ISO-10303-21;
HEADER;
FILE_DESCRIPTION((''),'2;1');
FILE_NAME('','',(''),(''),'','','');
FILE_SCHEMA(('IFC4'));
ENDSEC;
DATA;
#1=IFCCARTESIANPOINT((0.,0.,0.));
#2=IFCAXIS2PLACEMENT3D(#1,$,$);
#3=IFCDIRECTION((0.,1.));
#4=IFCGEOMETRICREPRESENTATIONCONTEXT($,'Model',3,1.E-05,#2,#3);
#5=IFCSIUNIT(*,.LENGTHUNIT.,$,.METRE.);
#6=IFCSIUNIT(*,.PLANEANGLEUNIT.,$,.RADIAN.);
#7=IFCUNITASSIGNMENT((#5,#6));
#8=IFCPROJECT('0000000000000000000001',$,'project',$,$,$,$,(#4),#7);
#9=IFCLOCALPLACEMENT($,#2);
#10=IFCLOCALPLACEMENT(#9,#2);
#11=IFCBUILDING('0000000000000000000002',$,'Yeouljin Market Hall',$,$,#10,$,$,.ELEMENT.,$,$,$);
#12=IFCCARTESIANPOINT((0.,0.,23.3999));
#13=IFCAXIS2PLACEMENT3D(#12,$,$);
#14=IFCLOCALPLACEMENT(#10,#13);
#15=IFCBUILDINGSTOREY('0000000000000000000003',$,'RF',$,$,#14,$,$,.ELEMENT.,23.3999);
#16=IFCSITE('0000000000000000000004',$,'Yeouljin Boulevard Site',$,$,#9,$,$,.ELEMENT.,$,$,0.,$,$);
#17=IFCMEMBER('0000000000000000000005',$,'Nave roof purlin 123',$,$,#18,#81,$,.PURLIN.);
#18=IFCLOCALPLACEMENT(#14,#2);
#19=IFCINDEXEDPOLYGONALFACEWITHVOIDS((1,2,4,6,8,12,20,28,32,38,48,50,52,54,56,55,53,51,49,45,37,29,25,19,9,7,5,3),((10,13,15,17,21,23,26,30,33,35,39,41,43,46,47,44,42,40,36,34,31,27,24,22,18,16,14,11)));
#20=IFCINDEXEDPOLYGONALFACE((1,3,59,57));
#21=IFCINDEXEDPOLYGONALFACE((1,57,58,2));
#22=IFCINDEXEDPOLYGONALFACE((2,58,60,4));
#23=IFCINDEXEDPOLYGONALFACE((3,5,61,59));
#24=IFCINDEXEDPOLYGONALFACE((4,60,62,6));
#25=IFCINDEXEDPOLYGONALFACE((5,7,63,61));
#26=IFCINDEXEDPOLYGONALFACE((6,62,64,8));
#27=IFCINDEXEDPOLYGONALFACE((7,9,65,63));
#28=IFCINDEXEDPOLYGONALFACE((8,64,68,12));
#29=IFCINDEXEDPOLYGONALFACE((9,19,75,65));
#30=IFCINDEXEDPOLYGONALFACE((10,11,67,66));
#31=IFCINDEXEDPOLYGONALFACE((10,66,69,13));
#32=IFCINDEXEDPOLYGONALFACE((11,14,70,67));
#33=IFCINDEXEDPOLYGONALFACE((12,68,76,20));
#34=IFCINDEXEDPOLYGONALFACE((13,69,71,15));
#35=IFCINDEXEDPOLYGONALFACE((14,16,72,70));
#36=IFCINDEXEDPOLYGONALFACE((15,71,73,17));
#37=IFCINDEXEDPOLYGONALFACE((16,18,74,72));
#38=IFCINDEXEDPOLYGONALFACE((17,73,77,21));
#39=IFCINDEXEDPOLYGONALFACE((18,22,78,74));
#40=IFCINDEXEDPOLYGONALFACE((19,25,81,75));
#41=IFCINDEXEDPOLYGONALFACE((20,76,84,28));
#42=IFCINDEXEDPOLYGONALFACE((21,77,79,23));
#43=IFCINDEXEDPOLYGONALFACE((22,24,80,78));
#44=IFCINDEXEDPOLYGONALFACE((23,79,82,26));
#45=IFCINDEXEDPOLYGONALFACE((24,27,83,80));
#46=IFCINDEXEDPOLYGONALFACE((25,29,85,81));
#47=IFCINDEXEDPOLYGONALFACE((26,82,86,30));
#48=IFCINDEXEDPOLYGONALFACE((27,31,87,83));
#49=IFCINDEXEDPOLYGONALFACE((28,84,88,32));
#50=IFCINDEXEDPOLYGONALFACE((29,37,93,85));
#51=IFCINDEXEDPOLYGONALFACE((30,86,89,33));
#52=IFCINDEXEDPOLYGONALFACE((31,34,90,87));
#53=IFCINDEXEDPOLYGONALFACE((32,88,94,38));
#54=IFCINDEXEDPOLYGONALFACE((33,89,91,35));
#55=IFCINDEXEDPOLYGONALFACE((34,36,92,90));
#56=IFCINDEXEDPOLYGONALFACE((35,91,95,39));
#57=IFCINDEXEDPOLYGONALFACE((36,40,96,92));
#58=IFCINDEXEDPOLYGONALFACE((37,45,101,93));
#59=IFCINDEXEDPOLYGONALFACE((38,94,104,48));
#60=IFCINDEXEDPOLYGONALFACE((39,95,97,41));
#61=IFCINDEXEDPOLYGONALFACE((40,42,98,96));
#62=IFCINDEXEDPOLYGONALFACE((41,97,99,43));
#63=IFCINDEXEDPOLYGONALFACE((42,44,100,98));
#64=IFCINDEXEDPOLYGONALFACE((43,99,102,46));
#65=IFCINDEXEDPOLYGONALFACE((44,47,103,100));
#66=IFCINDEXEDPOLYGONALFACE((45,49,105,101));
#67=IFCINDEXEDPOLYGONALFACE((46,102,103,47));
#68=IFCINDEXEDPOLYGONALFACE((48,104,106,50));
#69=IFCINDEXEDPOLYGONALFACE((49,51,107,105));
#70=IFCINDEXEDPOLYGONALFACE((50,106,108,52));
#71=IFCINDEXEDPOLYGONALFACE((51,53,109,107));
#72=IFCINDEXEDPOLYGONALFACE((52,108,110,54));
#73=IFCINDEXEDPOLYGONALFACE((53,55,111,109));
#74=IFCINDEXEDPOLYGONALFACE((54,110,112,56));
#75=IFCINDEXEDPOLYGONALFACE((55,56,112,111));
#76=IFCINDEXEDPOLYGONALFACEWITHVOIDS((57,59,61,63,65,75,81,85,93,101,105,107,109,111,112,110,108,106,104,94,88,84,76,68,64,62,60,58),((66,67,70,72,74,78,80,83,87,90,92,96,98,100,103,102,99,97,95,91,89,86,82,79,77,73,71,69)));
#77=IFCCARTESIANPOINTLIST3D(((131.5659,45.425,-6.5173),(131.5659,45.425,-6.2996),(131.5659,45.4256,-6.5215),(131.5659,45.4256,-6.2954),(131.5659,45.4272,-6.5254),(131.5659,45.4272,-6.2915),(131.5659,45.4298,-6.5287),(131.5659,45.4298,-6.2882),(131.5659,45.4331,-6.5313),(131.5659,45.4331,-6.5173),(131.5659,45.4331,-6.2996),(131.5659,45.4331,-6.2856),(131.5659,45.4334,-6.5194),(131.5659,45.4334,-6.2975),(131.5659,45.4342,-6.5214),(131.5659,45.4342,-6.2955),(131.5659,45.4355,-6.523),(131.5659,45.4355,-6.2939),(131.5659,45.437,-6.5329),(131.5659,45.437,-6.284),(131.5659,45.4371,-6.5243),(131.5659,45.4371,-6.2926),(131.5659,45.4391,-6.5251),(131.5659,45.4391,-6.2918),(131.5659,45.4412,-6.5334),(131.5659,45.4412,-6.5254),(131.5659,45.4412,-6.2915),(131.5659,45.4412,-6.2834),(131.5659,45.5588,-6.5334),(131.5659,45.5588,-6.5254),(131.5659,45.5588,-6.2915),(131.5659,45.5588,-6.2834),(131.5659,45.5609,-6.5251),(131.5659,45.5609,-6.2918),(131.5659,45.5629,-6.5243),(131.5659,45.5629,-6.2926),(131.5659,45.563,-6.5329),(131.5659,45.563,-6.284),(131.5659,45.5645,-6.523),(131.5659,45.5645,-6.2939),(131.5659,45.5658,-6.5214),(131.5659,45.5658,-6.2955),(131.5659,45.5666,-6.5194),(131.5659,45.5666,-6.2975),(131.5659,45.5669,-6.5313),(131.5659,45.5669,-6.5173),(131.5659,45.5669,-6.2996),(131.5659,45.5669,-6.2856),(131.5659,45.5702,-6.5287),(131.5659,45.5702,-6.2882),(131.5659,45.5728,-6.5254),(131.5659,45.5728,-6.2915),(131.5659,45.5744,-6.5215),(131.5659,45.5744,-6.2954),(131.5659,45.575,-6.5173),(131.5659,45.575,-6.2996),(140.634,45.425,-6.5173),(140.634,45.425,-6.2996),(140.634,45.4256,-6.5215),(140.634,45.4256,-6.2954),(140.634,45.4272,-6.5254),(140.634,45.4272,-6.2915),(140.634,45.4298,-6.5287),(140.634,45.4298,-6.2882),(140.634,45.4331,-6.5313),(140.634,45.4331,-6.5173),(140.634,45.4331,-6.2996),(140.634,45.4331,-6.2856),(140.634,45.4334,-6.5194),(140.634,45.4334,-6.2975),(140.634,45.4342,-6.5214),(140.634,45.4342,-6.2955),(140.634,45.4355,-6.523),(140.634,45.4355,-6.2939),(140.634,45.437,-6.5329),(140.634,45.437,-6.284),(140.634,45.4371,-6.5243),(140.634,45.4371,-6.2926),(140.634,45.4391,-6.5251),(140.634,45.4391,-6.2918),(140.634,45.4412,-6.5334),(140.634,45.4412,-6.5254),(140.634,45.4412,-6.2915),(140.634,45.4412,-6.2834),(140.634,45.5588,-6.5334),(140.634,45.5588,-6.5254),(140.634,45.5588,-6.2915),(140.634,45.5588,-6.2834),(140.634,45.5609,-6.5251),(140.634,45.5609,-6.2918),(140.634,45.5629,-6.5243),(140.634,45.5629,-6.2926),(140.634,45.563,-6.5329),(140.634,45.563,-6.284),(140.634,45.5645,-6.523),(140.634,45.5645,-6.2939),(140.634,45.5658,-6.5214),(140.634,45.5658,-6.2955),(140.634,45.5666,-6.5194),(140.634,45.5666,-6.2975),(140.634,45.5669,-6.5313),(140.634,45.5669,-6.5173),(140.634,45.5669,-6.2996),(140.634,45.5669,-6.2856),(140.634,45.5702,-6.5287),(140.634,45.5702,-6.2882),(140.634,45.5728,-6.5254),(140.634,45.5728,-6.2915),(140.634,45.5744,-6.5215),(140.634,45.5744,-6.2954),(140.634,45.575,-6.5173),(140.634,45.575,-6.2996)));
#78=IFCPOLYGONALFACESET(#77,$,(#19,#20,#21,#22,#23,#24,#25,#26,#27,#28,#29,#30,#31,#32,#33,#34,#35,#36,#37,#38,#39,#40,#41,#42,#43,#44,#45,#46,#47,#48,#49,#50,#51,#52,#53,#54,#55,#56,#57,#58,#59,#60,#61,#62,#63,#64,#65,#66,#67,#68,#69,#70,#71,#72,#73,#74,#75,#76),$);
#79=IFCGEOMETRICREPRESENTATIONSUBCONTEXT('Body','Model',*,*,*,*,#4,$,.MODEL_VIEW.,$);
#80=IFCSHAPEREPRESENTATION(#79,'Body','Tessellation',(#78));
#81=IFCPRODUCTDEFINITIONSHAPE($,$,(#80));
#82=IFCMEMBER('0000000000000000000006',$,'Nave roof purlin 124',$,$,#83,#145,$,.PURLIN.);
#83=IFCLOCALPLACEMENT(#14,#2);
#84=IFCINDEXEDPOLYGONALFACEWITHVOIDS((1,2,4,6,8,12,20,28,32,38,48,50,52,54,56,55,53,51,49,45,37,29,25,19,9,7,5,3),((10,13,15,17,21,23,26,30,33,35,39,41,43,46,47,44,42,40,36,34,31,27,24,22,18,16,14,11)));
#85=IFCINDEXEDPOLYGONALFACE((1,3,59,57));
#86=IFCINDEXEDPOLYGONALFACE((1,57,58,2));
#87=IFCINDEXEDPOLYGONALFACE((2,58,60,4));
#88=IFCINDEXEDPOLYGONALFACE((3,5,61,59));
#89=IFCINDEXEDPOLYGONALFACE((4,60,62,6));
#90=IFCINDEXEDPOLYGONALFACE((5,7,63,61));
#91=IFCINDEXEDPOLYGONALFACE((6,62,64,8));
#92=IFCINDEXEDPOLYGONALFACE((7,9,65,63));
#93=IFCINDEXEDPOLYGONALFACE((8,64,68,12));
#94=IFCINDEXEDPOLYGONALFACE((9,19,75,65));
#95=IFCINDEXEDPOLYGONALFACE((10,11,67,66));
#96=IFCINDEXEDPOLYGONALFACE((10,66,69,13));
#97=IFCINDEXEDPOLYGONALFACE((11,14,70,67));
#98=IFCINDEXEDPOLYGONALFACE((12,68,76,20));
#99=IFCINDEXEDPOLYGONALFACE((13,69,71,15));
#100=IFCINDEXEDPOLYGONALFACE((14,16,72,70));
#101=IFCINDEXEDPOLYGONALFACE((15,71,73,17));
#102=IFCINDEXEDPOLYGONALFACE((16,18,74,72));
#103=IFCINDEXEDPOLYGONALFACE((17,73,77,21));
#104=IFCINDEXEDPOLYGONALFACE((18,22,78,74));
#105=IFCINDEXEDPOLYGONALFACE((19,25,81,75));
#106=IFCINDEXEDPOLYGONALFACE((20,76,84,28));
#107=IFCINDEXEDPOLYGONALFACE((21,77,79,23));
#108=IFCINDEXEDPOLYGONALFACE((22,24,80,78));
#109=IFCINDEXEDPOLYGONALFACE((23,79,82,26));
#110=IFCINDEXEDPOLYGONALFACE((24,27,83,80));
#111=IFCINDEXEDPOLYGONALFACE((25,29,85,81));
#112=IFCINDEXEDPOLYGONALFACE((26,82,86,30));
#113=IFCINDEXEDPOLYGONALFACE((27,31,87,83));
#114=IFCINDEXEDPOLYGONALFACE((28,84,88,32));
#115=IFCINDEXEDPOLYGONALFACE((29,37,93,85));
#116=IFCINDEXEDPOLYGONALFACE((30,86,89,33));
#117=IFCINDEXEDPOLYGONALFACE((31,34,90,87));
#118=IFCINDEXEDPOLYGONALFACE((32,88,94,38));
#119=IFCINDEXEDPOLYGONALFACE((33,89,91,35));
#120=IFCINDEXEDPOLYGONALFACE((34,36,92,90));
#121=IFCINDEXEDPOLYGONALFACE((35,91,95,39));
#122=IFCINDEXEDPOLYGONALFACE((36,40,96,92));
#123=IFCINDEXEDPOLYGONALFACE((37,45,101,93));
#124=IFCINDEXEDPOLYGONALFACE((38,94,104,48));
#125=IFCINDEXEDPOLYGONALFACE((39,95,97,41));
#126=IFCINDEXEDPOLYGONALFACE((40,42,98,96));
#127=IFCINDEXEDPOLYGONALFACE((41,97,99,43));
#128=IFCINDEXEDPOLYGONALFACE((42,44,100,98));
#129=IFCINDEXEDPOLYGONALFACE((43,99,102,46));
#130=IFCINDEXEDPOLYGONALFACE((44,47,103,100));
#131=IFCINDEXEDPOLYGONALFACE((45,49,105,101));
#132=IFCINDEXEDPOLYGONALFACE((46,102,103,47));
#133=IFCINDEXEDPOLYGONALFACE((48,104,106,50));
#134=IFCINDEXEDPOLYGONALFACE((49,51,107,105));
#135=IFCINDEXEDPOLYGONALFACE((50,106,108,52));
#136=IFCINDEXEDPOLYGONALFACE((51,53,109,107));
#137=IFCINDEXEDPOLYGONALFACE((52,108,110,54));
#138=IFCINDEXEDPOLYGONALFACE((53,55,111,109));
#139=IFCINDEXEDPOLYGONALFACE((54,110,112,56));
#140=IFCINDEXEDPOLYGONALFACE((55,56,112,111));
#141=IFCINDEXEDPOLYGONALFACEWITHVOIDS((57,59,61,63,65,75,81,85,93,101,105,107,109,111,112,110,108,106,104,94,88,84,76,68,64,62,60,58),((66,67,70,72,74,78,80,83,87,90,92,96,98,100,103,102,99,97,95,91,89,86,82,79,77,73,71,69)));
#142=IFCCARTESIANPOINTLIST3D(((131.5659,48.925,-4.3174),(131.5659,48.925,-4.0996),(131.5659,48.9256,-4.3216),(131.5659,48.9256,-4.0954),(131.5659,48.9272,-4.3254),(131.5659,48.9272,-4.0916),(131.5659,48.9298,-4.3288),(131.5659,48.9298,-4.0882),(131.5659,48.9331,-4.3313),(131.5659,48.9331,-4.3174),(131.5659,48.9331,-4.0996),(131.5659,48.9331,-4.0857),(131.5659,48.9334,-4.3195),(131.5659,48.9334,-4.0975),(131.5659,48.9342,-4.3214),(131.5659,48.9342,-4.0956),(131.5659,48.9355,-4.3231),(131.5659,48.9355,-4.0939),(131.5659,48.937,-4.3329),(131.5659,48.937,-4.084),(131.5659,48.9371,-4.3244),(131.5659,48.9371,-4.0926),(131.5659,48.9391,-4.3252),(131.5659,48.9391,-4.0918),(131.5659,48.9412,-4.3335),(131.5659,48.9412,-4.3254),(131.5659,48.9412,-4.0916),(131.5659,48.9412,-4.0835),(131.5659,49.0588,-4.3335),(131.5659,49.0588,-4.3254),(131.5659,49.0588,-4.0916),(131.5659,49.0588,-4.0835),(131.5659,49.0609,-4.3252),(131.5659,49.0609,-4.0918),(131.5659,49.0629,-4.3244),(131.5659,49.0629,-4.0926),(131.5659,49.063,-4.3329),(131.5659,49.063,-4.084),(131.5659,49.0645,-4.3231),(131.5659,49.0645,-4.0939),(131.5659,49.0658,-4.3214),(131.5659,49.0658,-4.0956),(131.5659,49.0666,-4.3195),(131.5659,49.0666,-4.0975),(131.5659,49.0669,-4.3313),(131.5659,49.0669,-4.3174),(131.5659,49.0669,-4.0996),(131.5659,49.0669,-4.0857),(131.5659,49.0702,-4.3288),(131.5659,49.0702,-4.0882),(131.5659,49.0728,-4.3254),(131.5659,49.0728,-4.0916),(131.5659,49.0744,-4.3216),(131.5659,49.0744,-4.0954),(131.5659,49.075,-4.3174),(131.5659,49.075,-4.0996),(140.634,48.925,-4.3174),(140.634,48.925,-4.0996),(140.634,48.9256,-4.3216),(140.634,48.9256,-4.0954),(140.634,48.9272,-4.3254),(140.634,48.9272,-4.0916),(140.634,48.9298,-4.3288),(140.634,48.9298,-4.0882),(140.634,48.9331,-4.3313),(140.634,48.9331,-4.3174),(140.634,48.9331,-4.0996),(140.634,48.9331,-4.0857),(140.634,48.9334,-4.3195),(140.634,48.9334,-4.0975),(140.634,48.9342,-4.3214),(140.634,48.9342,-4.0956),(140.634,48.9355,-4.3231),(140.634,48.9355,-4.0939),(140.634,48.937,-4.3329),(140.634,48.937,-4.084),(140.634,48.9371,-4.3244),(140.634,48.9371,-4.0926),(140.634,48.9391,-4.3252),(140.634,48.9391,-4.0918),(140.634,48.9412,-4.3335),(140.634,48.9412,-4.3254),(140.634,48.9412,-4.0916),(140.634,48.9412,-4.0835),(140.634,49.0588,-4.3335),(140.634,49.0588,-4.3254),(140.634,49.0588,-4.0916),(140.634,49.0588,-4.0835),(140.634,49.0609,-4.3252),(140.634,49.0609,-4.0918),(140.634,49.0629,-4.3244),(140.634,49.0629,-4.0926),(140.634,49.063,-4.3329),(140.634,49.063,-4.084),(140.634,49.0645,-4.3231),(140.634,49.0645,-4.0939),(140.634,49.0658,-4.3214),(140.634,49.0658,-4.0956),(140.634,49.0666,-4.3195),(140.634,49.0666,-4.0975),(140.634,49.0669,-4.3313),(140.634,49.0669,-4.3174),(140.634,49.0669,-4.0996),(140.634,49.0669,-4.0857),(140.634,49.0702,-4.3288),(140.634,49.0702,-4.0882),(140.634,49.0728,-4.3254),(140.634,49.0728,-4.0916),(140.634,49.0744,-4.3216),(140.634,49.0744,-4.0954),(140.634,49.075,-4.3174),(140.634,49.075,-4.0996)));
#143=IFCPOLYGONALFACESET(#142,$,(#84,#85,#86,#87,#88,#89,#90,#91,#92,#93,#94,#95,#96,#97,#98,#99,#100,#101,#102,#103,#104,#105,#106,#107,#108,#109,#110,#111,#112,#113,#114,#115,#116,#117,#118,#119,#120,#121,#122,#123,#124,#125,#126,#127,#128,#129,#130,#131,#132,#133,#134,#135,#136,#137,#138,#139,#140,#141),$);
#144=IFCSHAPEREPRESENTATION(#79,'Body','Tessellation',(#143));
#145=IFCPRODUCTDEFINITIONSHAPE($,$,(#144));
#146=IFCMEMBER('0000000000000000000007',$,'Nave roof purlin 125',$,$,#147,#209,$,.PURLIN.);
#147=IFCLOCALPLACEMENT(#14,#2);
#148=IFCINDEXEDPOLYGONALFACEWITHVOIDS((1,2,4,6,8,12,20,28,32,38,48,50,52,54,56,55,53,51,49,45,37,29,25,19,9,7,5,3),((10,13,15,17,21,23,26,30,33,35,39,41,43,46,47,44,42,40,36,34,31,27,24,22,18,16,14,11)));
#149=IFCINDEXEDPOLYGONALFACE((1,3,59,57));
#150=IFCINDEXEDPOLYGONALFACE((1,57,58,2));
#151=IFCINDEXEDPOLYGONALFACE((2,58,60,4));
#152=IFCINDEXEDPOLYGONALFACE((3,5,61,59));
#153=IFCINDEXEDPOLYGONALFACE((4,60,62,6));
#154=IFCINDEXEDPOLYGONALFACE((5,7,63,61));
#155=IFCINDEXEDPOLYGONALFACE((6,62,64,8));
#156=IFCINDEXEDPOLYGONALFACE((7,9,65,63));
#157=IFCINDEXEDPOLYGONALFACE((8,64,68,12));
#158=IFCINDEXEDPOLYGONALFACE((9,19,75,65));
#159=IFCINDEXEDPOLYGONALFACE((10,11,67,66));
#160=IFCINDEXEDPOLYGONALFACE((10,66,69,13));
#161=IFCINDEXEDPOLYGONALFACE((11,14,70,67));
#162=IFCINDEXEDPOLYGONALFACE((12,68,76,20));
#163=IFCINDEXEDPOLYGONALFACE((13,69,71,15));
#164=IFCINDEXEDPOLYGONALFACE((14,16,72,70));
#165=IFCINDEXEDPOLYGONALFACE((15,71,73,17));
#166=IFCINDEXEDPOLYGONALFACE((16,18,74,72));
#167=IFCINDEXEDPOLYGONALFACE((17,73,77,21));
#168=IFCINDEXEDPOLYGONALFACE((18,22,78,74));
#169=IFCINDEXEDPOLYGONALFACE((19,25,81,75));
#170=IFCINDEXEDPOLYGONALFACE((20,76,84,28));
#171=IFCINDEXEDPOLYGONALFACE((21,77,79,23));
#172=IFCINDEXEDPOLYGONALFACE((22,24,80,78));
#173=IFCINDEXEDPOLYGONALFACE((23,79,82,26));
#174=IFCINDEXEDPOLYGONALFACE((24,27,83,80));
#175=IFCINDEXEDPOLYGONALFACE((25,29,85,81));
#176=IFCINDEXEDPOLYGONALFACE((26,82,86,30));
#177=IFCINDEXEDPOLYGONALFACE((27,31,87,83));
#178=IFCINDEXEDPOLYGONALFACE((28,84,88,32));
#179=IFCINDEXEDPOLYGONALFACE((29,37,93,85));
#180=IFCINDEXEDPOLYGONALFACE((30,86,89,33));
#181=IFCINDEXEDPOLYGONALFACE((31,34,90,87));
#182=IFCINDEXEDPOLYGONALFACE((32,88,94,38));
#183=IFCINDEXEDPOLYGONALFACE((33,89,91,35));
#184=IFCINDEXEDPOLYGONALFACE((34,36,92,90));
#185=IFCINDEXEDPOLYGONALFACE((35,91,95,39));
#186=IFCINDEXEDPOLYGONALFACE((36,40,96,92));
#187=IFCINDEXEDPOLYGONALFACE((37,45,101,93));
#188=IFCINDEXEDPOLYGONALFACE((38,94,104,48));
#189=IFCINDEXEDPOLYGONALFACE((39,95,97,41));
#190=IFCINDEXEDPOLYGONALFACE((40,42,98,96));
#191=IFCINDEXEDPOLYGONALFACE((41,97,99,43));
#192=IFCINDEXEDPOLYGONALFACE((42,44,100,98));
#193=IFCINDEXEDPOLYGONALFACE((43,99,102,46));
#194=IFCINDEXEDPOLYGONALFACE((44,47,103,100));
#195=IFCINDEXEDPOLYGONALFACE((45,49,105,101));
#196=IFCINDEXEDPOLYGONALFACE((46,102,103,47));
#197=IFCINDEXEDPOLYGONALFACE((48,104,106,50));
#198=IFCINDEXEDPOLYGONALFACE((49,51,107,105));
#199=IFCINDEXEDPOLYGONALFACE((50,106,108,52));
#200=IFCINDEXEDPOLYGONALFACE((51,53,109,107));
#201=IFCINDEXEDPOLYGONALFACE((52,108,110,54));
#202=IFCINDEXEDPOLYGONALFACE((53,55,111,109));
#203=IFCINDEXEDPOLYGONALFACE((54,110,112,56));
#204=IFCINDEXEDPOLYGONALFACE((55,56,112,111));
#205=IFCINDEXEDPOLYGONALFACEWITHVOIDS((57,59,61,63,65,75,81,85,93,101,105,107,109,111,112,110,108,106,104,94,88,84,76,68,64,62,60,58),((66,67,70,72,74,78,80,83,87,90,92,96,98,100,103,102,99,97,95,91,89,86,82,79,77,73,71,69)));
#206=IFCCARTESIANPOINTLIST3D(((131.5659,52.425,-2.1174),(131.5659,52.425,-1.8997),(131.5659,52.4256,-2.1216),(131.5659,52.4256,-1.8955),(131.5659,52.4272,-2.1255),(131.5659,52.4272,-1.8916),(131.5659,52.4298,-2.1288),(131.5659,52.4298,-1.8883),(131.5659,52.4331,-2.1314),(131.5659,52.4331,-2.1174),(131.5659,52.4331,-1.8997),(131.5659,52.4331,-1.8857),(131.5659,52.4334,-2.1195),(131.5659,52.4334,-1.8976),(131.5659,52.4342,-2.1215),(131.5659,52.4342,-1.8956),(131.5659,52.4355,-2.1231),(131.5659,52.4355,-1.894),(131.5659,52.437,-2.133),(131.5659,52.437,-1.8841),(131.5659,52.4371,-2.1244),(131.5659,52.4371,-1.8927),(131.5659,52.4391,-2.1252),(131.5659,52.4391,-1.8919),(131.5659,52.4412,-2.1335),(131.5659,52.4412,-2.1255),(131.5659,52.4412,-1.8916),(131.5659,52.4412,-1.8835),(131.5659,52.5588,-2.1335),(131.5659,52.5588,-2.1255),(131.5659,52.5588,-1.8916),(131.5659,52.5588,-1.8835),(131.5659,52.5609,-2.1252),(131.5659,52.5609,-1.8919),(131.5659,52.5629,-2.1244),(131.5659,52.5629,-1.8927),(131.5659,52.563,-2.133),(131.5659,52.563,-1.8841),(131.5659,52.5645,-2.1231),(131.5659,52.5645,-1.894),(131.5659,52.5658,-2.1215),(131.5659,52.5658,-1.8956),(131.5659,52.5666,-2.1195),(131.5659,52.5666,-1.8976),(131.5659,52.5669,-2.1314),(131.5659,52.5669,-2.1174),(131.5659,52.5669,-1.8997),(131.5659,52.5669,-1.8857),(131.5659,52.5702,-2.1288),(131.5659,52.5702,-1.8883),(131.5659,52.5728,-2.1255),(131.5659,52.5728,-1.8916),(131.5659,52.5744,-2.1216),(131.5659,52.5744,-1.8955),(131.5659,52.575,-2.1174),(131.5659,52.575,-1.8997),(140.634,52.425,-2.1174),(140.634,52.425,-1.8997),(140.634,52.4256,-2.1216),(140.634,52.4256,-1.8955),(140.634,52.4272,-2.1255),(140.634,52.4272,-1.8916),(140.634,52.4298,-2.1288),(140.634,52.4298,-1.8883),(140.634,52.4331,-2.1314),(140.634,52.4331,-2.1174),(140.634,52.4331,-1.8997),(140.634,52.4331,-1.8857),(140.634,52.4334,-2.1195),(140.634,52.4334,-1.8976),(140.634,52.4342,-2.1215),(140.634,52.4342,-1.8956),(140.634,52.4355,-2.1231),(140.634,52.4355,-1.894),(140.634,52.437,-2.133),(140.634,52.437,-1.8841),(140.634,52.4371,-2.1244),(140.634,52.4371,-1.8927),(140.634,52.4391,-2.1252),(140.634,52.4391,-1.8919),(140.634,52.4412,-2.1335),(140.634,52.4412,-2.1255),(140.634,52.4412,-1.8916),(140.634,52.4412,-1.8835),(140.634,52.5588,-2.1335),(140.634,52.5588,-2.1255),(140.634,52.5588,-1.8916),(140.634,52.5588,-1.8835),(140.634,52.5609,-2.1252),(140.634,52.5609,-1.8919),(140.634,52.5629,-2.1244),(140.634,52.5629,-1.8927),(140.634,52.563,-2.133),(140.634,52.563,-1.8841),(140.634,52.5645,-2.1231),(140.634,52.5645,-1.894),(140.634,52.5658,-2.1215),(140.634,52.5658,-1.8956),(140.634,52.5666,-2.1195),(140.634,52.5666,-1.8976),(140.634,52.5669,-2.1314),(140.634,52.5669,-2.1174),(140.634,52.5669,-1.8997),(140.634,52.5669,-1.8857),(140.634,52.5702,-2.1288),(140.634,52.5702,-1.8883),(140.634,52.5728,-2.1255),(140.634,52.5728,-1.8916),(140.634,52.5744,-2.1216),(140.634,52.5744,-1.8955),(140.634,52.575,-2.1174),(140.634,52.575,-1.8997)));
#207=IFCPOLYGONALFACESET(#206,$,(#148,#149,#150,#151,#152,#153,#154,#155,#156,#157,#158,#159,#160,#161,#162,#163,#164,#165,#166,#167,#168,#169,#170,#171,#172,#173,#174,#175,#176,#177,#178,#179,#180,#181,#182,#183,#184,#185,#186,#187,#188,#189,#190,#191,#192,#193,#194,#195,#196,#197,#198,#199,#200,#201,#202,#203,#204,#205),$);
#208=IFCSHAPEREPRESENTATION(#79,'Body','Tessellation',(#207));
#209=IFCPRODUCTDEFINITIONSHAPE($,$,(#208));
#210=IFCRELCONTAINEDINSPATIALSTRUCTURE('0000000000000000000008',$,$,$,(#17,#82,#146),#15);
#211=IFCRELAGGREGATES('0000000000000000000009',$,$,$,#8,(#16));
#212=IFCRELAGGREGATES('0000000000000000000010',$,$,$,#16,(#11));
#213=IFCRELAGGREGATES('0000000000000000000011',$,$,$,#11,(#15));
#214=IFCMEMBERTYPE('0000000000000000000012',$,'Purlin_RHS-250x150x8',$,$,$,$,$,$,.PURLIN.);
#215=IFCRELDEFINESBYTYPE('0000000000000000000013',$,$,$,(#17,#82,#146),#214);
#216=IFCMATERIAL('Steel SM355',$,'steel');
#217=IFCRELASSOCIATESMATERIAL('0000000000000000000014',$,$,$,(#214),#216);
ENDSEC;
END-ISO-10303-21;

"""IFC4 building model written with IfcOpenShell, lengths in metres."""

from ifc_helpers import new_model, si_unit, direction, frame, origin, origin_2d, place, context, subcontext, project, spatial, hollow_rectangle, extrude, material, material_profile, profile_set, type_object, element, save


model = new_model("IFC4")

# Units and contexts
model_context = context("Model", 3, precision=1e-05, world=origin(), true_north=direction((0.0, 1.0)))
body_context = subcontext(model_context, "Body", "Model", "MODEL_VIEW")
ifc_project = project(units=[si_unit("LENGTHUNIT", "METRE"), si_unit("PLANEANGLEUNIT", "RADIAN")], contexts=[model_context])

# Site, building, storey
site_placement = place(None, origin())
site = spatial("IfcSite", under=ifc_project, at=site_placement, Name="Yeouljin Boulevard Site", CompositionType="ELEMENT", RefElevation=0.0)
building_placement = place(site_placement, origin())
building = spatial("IfcBuilding", under=site, at=building_placement, Name="Yeouljin Market Hall", CompositionType="ELEMENT")
storey_placement = place(building_placement, frame((0.0, 0.0, 23.3999)))
storey = spatial("IfcBuildingStorey", under=building, at=storey_placement, Name="RF", CompositionType="ELEMENT", Elevation=23.3999)

# Members
ifc_material_1 = material(Name="Steel SM355", Category="steel")
ifc_material_profile_1 = material_profile(ifc_material_1, hollow_rectangle(XDim=0.1499, YDim=0.25, WallThickness=0.0081, InnerFilletRadius=0.0081, OuterFilletRadius=0.0161, at=origin_2d()), Name="RHS-250x150x8")
ifc_profile_set_1 = profile_set([ifc_material_profile_1], Name="Steel SM355")
member_type_1 = type_object("IfcMemberType", Name="Purlin_RHS-250x150x8", PredefinedType="PURLIN", material=ifc_profile_set_1)
for number, where, z_axis, x_axis, name in (
    (1, (131.5659, 45.5, -6.4084), (1.0, 0.0, 0.0), (0.0, 1.0, 0.0), "Nave roof purlin 123"),
    (2, (131.5659, 49.0, -4.2085), (1.0, 0.0, 0.0), (0.0, 1.0, 0.0), "Nave roof purlin 124"),
    (3, (131.5659, 52.5, -2.0085), (1.0, 0.0, 0.0), (0.0, 1.0, 0.0), "Nave roof purlin 125"),
):
    element("IfcMember", number, at=place(storey_placement, frame(where, z_axis=z_axis, x_axis=x_axis)), inside=storey, type_object=member_type_1, Name=name, PredefinedType="PURLIN", context=body_context, shape_type="SweptSolid", body=[
        extrude(hollow_rectangle(XDim=0.1499, YDim=0.25, WallThickness=0.0081, InnerFilletRadius=0.0081, OuterFilletRadius=0.0161, at=origin_2d()), origin(), (0.0, 0.0, 1.0), 9.0681),
    ])

save(model, "model.ifc")
